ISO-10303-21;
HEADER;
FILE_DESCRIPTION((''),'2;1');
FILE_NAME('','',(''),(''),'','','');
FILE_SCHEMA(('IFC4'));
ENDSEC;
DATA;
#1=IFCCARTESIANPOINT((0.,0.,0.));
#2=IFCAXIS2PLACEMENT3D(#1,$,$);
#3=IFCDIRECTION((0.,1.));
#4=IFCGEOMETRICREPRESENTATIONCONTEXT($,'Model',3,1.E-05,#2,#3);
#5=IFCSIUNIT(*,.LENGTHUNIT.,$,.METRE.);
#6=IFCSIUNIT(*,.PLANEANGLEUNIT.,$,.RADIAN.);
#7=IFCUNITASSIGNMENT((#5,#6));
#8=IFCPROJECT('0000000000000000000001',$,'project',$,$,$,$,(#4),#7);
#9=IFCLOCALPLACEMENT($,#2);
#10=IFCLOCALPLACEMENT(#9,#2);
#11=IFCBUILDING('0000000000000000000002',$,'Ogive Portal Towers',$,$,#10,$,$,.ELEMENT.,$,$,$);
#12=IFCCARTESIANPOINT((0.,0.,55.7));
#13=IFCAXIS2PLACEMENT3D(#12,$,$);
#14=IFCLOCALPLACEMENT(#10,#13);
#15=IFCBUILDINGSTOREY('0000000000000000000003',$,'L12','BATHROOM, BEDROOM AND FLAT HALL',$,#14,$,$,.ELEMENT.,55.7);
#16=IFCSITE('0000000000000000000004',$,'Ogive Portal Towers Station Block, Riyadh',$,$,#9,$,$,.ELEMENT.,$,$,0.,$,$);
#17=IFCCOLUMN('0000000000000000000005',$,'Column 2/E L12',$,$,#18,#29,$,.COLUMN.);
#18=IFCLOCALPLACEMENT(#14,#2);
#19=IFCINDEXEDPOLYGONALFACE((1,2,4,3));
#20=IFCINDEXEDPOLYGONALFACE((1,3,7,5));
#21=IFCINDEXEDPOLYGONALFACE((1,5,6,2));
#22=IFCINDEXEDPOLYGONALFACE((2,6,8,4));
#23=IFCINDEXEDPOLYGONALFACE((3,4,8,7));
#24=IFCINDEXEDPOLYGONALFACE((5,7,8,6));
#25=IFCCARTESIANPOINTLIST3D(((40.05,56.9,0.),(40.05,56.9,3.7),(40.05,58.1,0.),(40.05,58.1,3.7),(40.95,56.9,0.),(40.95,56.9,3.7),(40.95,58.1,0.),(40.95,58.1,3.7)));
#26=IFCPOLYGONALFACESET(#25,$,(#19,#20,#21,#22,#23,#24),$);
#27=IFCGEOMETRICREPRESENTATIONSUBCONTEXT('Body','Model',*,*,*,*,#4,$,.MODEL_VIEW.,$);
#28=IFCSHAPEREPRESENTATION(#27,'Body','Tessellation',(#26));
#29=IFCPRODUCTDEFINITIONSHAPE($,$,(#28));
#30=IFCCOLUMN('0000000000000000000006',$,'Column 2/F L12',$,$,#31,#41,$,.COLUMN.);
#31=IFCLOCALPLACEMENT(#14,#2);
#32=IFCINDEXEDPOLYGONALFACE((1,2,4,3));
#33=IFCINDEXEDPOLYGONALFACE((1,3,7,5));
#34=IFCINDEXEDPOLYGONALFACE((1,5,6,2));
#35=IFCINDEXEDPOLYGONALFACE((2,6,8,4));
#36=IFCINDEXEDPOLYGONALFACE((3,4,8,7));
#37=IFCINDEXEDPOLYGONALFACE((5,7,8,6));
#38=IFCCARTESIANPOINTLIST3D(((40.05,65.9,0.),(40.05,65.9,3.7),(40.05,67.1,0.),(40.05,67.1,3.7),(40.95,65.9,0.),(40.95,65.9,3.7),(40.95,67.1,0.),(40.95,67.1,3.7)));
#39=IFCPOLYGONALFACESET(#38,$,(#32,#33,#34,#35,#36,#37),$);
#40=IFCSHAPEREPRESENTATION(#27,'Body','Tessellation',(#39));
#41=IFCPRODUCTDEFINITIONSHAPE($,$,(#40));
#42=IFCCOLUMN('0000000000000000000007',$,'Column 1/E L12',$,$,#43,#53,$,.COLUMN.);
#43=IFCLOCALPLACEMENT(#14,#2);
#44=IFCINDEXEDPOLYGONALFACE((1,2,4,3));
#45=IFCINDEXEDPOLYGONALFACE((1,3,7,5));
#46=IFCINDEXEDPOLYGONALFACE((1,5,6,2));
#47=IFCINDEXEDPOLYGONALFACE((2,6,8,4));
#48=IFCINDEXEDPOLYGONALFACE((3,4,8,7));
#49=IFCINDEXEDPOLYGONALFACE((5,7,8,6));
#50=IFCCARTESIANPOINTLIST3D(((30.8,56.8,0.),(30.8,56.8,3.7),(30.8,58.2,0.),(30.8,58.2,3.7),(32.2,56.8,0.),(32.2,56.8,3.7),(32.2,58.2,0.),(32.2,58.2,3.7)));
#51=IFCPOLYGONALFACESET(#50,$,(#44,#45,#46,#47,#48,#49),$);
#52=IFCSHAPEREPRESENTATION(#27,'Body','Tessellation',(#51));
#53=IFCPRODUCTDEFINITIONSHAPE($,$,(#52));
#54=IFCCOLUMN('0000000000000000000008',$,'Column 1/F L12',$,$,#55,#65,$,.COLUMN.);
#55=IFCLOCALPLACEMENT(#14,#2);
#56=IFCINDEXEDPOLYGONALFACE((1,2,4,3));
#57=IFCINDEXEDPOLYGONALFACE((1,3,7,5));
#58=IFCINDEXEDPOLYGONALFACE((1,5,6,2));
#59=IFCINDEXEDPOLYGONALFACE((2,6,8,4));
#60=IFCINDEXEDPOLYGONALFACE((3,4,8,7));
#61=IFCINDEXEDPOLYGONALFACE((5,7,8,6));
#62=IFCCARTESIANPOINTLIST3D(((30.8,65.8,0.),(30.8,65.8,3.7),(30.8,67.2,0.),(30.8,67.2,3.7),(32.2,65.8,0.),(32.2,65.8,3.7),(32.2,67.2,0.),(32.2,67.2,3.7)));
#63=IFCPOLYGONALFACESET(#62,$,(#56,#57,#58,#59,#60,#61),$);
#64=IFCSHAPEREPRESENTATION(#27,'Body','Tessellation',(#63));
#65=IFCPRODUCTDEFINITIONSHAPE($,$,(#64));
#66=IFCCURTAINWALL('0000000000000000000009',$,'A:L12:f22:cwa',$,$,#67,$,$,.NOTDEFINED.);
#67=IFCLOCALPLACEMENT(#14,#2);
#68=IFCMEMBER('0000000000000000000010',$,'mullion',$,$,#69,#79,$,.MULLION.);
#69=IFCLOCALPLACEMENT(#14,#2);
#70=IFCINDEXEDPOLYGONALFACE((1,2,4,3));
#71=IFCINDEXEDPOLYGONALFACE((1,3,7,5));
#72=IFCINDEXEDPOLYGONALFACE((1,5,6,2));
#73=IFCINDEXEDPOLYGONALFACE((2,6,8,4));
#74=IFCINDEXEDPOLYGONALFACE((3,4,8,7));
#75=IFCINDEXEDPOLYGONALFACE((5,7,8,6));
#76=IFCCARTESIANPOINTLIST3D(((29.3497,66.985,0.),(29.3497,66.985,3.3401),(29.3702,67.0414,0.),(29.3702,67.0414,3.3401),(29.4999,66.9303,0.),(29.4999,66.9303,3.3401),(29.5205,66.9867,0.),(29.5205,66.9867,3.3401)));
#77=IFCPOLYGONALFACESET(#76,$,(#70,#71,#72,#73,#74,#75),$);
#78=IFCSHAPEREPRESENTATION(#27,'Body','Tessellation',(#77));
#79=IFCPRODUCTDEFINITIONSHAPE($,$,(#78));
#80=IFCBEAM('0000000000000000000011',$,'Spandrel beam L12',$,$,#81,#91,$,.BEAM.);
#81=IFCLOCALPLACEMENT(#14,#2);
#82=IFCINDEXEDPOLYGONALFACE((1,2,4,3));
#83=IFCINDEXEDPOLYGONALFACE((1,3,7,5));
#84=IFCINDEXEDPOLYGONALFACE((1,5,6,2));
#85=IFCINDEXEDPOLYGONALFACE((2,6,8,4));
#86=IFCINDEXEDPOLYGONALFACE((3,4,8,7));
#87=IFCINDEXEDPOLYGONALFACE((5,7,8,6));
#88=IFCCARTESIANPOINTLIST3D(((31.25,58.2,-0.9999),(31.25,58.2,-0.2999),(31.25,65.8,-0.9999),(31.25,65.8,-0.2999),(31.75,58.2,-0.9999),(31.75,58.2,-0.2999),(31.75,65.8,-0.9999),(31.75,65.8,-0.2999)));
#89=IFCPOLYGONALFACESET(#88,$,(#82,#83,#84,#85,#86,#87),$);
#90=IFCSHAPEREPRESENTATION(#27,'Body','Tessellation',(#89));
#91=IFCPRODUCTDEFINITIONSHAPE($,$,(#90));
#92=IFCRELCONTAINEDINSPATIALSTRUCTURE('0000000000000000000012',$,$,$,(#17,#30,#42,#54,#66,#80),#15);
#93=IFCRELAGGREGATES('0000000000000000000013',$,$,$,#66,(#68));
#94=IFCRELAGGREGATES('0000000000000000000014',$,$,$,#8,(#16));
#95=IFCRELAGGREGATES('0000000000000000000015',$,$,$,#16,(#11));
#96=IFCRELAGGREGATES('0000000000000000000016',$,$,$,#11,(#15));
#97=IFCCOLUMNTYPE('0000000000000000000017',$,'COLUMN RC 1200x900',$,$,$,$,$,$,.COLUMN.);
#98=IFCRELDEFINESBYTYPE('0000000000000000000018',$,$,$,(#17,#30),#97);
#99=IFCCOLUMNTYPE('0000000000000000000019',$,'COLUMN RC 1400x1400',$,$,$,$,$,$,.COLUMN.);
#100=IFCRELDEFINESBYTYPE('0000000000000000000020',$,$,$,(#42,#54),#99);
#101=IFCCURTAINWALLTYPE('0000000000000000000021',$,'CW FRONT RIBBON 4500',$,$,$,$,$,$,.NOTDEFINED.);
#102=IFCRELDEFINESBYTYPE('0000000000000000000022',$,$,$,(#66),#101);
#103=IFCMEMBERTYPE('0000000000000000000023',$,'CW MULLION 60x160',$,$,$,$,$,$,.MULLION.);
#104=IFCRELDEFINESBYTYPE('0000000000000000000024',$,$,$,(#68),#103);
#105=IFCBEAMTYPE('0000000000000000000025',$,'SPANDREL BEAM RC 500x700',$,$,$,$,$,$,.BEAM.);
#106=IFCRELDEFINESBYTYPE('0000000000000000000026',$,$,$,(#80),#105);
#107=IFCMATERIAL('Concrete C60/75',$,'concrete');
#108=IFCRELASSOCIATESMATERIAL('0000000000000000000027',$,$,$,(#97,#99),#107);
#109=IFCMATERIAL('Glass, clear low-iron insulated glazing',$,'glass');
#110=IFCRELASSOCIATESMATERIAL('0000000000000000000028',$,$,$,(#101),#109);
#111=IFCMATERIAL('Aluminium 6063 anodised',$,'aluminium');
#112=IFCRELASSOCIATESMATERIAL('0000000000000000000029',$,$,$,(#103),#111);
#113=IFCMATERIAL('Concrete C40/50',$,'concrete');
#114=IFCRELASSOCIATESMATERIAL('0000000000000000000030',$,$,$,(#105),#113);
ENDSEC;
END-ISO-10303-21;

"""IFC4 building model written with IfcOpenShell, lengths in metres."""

from ifc_helpers import new_model, si_unit, direction, frame, origin, origin_2d, place, context, subcontext, project, spatial, rectangle, extrude, material, material_profile, profile_set, type_object, element, aggregate, save


model = new_model("IFC4")

# Units and contexts
model_context = context("Model", 3, precision=1e-05, world=origin(), true_north=direction((0.0, 1.0)))
body_context = subcontext(model_context, "Body", "Model", "MODEL_VIEW")
ifc_project = project(units=[si_unit("LENGTHUNIT", "METRE"), si_unit("PLANEANGLEUNIT", "RADIAN")], contexts=[model_context])

# Site, building, storey
site_placement = place(None, origin())
site = spatial("IfcSite", under=ifc_project, at=site_placement, Name="Ogive Portal Towers Station Block, Riyadh", CompositionType="ELEMENT", RefElevation=0.0)
building_placement = place(site_placement, origin())
building = spatial("IfcBuilding", under=site, at=building_placement, Name="Ogive Portal Towers", CompositionType="ELEMENT")
storey_placement = place(building_placement, frame((0.0, 0.0, 55.7)))
storey = spatial("IfcBuildingStorey", under=building, at=storey_placement, Name="L12", Description="BATHROOM, BEDROOM AND FLAT HALL", CompositionType="ELEMENT", Elevation=55.7)

# Columns
ifc_material_1 = material(Name="Concrete C60/75", Category="concrete")
ifc_material_profile_1 = material_profile(ifc_material_1, rectangle(XDim=1.2, YDim=0.8999, at=origin_2d()), Name="RC 1200x900")
ifc_profile_set_1 = profile_set([ifc_material_profile_1], Name="Concrete C60/75")
column_type_1 = type_object("IfcColumnType", Name="COLUMN RC 1200x900", PredefinedType="COLUMN", material=ifc_profile_set_1)
for number, where, z_axis, x_axis, name in (
    (1, (40.5, 57.5, 0.0), (0.0, 0.0, 1.0), (0.0, 1.0, 0.0), "Column 2/E L12"),
    (2, (40.5, 66.5, 0.0), (0.0, 0.0, 1.0), (0.0, 1.0, 0.0), "Column 2/F L12"),
):
    element("IfcColumn", number, at=place(storey_placement, frame(where, z_axis=z_axis, x_axis=x_axis)), inside=storey, type_object=column_type_1, Name=name, PredefinedType="COLUMN", context=body_context, shape_type="SweptSolid", body=[
        extrude(rectangle(XDim=1.2, YDim=0.8999, at=origin_2d()), origin(), (0.0, 0.0, 1.0), 3.7),
    ])
ifc_material_profile_2 = material_profile(ifc_material_1, rectangle(XDim=1.3999, YDim=1.3999, at=origin_2d()), Name="RC 1400x1400")
ifc_profile_set_2 = profile_set([ifc_material_profile_2], Name="Concrete C60/75")
column_type_2 = type_object("IfcColumnType", Name="COLUMN RC 1400x1400", PredefinedType="COLUMN", material=ifc_profile_set_2)
for number, where, z_axis, x_axis, name in (
    (3, (31.5, 57.5, 0.0), (0.0, 0.0, 1.0), (1.0, 0.0, 0.0), "Column 1/E L12"),
    (4, (31.5, 66.5, 0.0), (0.0, 0.0, 1.0), (1.0, 0.0, 0.0), "Column 1/F L12"),
):
    element("IfcColumn", number, at=place(storey_placement, frame(where, z_axis=z_axis, x_axis=x_axis)), inside=storey, type_object=column_type_2, Name=name, PredefinedType="COLUMN", context=body_context, shape_type="SweptSolid", body=[
        extrude(rectangle(XDim=1.3999, YDim=1.3999, at=origin_2d()), origin(), (0.0, 0.0, 1.0), 3.7),
    ])

# Curtain wall, member
ifc_material_2 = material(Name="Glass, clear low-iron insulated glazing", Category="glass")
curtain_wall_type = type_object("IfcCurtainWallType", Name="CW FRONT RIBBON 4500", PredefinedType="NOTDEFINED", material=ifc_material_2)
curtain_wall_placement = place(storey_placement, origin())
curtain_wall = element("IfcCurtainWall", 5, at=curtain_wall_placement, inside=storey, type_object=curtain_wall_type, Name="A:L12:f22:cwa", PredefinedType="NOTDEFINED")
ifc_material_3 = material(Name="Aluminium 6063 anodised", Category="aluminium")
ifc_material_profile_3 = material_profile(ifc_material_3, rectangle(XDim=0.1599, YDim=0.0601, at=origin_2d()), Name="AL 60x160")
ifc_profile_set_3 = profile_set([ifc_material_profile_3], Name="Aluminium 6063 anodised")
member_type = type_object("IfcMemberType", Name="CW MULLION 60x160", PredefinedType="MULLION", material=ifc_profile_set_3)
member_placement = place(storey_placement, frame((29.4351, 66.9858, 0.0), z_axis=(0.0, 0.0, 1.0), x_axis=(0.939693, -0.34202, 0.0)))
member = element("IfcMember", 6, at=member_placement, type_object=member_type, Name="mullion", PredefinedType="MULLION", context=body_context, shape_type="SweptSolid", body=[
    extrude(rectangle(XDim=0.1599, YDim=0.0601, at=origin_2d()), origin(), (0.0, 0.0, 1.0), 3.3401),
])
aggregate(curtain_wall, [member])

# Beam
ifc_material_4 = material(Name="Concrete C40/50", Category="concrete")
ifc_material_profile_4 = material_profile(ifc_material_4, rectangle(XDim=0.5, YDim=0.7, at=origin_2d()), Name="RC 500x700")
ifc_profile_set_4 = profile_set([ifc_material_profile_4], Name="Concrete C40/50")
beam_type = type_object("IfcBeamType", Name="SPANDREL BEAM RC 500x700", PredefinedType="BEAM", material=ifc_profile_set_4)
beam_placement = place(storey_placement, frame((31.5, 58.2, -0.6499), z_axis=(0.0, 1.0, 0.0), x_axis=(-1.0, 0.0, 0.0)))
element("IfcBeam", 7, at=beam_placement, inside=storey, type_object=beam_type, Name="Spandrel beam L12", PredefinedType="BEAM", context=body_context, shape_type="SweptSolid", body=[
    extrude(rectangle(XDim=0.5, YDim=0.7, at=origin_2d()), origin(), (0.0, 0.0, 1.0), 7.6001),
])

save(model, "model.ifc")
